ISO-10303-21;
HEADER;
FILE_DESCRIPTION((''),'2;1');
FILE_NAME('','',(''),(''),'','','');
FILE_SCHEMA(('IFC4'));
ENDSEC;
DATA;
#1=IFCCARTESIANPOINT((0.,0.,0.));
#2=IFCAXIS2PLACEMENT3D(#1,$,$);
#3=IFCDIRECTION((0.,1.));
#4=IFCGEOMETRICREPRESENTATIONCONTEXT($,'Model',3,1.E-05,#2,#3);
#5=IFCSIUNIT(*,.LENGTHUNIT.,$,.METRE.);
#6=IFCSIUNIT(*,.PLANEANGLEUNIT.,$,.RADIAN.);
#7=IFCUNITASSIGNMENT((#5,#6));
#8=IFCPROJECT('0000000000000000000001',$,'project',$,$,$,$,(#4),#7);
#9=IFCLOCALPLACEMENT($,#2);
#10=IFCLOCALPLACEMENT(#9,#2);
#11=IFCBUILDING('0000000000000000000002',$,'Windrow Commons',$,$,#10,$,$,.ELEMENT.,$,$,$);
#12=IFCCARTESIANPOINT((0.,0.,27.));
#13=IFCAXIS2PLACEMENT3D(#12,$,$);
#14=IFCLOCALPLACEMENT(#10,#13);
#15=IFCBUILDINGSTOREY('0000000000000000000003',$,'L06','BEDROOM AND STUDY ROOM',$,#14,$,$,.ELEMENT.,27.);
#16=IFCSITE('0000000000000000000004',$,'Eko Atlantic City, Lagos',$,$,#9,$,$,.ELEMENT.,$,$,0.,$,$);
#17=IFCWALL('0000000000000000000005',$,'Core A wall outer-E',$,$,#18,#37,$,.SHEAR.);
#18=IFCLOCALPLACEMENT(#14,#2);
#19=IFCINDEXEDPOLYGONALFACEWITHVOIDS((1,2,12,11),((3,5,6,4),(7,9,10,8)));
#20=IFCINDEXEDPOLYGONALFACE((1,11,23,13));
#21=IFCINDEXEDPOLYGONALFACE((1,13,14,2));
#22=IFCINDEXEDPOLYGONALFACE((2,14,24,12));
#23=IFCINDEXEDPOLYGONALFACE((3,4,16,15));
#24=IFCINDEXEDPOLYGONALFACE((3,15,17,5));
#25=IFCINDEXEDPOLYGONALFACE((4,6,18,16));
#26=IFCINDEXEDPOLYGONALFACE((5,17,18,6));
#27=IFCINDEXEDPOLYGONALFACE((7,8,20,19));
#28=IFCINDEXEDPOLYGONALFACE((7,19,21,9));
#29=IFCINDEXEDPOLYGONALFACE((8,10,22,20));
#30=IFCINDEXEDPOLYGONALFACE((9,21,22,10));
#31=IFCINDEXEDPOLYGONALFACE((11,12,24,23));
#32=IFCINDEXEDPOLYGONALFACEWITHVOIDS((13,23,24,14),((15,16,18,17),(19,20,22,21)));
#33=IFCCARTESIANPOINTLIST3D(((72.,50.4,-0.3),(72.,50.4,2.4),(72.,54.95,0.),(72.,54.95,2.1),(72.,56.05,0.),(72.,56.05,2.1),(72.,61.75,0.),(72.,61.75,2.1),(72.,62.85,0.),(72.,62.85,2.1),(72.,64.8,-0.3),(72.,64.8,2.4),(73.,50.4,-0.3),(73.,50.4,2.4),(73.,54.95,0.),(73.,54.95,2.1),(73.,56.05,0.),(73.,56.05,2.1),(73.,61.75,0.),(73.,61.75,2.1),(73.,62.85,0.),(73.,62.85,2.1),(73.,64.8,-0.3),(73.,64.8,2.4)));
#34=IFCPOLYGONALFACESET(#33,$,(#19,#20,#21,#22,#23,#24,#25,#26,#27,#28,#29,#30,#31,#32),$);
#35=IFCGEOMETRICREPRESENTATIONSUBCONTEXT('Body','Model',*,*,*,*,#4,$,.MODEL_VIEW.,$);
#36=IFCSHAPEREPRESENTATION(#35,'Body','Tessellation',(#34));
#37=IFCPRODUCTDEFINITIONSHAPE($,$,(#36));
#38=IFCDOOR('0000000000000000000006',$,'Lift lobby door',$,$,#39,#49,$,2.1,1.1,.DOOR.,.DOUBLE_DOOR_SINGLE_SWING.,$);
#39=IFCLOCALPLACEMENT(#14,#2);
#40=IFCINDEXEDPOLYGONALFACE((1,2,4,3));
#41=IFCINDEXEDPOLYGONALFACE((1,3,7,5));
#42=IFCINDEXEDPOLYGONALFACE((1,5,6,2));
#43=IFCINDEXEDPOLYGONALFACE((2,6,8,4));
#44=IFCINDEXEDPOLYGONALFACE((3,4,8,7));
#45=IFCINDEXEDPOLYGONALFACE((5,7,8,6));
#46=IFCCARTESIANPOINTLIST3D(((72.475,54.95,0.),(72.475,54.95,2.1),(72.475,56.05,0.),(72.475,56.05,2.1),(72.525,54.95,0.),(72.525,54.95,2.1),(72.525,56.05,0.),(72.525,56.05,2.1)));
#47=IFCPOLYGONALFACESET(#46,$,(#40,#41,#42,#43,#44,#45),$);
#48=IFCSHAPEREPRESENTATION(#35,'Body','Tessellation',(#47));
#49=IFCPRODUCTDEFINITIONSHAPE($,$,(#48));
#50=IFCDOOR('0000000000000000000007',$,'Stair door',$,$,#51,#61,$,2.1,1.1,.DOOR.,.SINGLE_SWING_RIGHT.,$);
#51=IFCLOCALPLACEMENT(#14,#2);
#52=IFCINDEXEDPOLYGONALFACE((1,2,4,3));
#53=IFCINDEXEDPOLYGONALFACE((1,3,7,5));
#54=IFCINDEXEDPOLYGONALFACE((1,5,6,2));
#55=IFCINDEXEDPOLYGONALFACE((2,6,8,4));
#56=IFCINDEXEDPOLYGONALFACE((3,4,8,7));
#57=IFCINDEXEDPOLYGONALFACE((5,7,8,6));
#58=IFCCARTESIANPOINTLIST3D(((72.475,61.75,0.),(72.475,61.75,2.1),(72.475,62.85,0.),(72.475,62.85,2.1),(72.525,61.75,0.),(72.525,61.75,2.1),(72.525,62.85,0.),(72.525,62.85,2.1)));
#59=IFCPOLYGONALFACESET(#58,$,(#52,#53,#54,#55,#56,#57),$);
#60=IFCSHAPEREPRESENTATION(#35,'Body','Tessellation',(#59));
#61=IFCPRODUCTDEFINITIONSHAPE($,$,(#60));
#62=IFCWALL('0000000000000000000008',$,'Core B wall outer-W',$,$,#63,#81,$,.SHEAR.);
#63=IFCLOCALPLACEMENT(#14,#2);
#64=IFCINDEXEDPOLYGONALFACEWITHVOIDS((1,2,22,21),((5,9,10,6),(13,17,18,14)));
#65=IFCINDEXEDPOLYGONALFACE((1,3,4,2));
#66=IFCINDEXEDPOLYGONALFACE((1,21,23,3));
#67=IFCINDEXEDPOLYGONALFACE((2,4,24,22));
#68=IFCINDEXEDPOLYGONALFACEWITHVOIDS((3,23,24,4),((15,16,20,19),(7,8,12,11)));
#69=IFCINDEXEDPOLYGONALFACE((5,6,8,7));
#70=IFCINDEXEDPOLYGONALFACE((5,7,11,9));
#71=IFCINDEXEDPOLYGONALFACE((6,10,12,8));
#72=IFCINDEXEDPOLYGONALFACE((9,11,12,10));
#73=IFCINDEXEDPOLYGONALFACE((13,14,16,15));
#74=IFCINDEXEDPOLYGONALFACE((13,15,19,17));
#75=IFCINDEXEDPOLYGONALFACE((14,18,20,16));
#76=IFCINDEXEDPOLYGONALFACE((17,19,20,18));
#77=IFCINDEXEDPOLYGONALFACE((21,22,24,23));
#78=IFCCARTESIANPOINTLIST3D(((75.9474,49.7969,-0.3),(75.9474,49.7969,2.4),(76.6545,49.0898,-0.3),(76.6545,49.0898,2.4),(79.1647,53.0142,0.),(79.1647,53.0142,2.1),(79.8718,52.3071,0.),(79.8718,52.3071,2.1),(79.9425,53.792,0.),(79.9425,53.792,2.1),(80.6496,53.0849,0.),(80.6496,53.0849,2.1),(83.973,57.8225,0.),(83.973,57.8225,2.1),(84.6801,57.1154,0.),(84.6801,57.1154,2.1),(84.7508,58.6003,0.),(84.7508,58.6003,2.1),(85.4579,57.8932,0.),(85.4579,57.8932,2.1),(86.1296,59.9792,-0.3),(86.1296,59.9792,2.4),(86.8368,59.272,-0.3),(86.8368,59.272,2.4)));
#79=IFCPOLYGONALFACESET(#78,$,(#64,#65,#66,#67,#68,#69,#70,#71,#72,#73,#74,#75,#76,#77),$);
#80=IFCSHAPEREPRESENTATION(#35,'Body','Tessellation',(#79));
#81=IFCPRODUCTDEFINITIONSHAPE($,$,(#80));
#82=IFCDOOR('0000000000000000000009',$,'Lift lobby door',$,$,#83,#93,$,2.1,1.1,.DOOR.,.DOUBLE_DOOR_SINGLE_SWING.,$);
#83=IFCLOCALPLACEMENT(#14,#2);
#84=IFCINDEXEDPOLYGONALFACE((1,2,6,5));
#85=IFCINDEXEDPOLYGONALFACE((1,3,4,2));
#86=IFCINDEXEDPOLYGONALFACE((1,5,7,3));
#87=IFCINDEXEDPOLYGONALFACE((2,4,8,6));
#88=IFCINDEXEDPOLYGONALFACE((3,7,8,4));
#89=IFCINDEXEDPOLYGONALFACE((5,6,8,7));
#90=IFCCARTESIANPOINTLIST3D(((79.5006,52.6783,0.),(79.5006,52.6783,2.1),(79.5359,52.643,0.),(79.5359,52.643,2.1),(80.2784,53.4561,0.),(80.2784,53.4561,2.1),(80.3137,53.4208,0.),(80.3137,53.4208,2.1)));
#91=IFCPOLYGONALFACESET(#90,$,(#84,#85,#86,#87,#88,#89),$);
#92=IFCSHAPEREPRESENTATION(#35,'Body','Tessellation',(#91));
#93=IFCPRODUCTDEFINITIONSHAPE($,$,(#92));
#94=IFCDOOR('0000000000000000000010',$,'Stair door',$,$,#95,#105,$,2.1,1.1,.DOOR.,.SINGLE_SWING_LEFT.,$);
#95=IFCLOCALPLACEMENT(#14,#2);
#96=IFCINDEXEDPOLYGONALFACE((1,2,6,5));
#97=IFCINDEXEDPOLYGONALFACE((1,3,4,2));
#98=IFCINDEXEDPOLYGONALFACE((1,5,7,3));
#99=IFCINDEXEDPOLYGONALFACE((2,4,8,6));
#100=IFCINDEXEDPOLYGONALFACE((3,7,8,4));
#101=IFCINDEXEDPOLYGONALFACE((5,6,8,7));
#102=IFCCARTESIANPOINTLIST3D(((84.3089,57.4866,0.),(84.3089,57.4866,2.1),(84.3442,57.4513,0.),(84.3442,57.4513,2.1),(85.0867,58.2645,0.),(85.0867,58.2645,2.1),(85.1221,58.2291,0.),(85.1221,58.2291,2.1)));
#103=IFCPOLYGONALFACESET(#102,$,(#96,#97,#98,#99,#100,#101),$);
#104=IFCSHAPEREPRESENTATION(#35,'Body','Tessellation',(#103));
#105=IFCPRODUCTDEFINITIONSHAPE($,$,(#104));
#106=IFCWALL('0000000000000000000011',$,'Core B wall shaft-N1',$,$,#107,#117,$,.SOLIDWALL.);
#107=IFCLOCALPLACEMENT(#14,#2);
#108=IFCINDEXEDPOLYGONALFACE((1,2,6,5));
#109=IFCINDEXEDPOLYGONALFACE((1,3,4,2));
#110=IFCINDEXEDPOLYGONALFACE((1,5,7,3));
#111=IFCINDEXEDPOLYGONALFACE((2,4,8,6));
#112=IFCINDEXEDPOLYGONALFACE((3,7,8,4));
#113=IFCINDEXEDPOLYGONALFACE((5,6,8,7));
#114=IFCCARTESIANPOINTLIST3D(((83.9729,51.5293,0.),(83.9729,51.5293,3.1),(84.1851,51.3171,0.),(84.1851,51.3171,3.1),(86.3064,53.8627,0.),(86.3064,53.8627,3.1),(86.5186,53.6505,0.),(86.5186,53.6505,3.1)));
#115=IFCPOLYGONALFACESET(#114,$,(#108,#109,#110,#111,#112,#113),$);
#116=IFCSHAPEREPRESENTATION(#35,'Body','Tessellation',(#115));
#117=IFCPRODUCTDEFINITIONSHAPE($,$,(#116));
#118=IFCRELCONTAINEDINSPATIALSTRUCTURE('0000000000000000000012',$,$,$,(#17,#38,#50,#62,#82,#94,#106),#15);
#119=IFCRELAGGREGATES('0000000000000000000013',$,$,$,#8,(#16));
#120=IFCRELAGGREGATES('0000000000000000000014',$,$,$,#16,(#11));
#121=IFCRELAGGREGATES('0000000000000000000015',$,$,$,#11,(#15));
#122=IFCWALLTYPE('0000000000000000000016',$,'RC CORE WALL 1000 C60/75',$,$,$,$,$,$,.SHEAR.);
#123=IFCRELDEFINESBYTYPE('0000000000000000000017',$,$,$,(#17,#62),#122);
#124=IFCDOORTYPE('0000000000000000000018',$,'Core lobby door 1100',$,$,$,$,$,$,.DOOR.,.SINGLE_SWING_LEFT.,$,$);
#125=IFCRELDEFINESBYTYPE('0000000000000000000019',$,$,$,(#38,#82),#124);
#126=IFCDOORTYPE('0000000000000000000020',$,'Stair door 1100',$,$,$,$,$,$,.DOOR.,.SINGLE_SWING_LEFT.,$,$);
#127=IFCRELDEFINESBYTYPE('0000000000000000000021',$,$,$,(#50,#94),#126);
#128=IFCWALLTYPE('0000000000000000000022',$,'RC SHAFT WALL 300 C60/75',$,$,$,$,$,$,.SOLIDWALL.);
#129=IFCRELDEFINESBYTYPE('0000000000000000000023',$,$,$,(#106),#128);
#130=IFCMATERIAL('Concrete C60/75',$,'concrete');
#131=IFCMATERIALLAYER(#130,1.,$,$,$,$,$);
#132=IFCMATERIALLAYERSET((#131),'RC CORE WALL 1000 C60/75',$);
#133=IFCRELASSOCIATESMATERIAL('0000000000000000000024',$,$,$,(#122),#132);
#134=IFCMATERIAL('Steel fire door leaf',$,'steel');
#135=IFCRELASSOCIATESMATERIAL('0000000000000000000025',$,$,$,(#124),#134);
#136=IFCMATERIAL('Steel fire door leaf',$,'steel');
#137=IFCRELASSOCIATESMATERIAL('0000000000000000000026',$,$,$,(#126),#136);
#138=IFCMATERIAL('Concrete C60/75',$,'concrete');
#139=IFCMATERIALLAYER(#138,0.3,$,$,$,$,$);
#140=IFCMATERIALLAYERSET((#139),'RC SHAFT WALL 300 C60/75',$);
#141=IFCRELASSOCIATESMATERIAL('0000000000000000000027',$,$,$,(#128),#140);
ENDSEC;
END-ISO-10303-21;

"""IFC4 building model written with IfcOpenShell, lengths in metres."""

from ifc_helpers import new_model, si_unit, direction, frame, frame_2d, origin, place, context, subcontext, project, spatial, rectangle, extrude, material, layer, layer_set, type_object, element, fill, save


model = new_model("IFC4")

# Units and contexts
model_context = context("Model", 3, precision=1e-05, world=origin(), true_north=direction((0.0, 1.0)))
body_context = subcontext(model_context, "Body", "Model", "MODEL_VIEW")
ifc_project = project(units=[si_unit("LENGTHUNIT", "METRE"), si_unit("PLANEANGLEUNIT", "RADIAN")], contexts=[model_context])

# Site, building, storey
site_placement = place(None, origin())
site = spatial("IfcSite", under=ifc_project, at=site_placement, Name="Eko Atlantic City, Lagos", CompositionType="ELEMENT", RefElevation=0.0)
building_placement = place(site_placement, origin())
building = spatial("IfcBuilding", under=site, at=building_placement, Name="Windrow Commons", CompositionType="ELEMENT")
storey_placement = place(building_placement, frame((0.0, 0.0, 27.0)))
storey = spatial("IfcBuildingStorey", under=building, at=storey_placement, Name="L06", Description="BEDROOM AND STUDY ROOM", CompositionType="ELEMENT", Elevation=27.0)

# Walls, openings, doors
ifc_material_1 = material(Name="Concrete C60/75", Category="concrete")
ifc_layer_1 = layer(ifc_material_1, 1.0)
ifc_layer_set_1 = layer_set([ifc_layer_1], Name="RC CORE WALL 1000 C60/75")
wall_type_1 = type_object("IfcWallType", Name="RC CORE WALL 1000 C60/75", PredefinedType="SHEAR", material=ifc_layer_set_1)
wall_1_placement = place(storey_placement, frame((72.5, 50.4, -0.3), z_axis=(0.0, 0.0, 1.0), x_axis=(0.0, 1.0, 0.0)))
wall_1 = element("IfcWall", 1, at=wall_1_placement, inside=storey, type_object=wall_type_1, Name="Core A wall outer-E", PredefinedType="SHEAR", context=body_context, shape_type="SweptSolid", body=[
    extrude(rectangle(XDim=14.4, YDim=1.0, at=frame_2d((7.2, 0.0))), origin(), (0.0, 0.0, 1.0), 2.7),
])
opening_1_placement = place(wall_1_placement, frame((4.55, 0.0, 0.3)))
opening_1 = element("IfcOpeningElement", 2, at=opening_1_placement, cuts=wall_1, PredefinedType="OPENING", context=body_context, shape_type="SweptSolid", body=[
    extrude(rectangle(XDim=1.1, YDim=2.1, at=frame_2d((0.55, 1.05))), frame((0.0, 0.51, 0.0), z_axis=(0.0, -1.0, 0.0), x_axis=(1.0, 0.0, 0.0)), (0.0, 0.0, 1.0), 1.02),
])
opening_2_placement = place(wall_1_placement, frame((11.35, 0.0, 0.3)))
opening_2 = element("IfcOpeningElement", 3, at=opening_2_placement, cuts=wall_1, PredefinedType="OPENING", context=body_context, shape_type="SweptSolid", body=[
    extrude(rectangle(XDim=1.1, YDim=2.1, at=frame_2d((0.55, 1.05))), frame((0.0, 0.51, 0.0), z_axis=(0.0, -1.0, 0.0), x_axis=(1.0, 0.0, 0.0)), (0.0, 0.0, 1.0), 1.02),
])
ifc_material_2 = material(Name="Steel fire door leaf", Category="steel")
door_type_1 = type_object("IfcDoorType", Name="Core lobby door 1100", OperationType="SINGLE_SWING_LEFT", PredefinedType="DOOR", material=ifc_material_2)
door_1_placement = place(opening_1_placement, origin())
door_1 = element("IfcDoor", 4, at=door_1_placement, inside=storey, type_object=door_type_1, Name="Lift lobby door", OperationType="DOUBLE_DOOR_SINGLE_SWING", OverallHeight=2.1, OverallWidth=1.1, PredefinedType="DOOR", context=body_context, shape_type="SweptSolid", body=[
    extrude(rectangle(XDim=1.1, YDim=2.1, at=frame_2d((0.55, 1.05))), frame((0.0, 0.025, 0.0), z_axis=(0.0, -1.0, 0.0), x_axis=(1.0, 0.0, 0.0)), (0.0, 0.0, 1.0), 0.05),
])
fill(opening_1, door_1)
ifc_material_3 = material(Name="Steel fire door leaf", Category="steel")
door_type_2 = type_object("IfcDoorType", Name="Stair door 1100", OperationType="SINGLE_SWING_LEFT", PredefinedType="DOOR", material=ifc_material_3)
door_2_placement = place(opening_2_placement, origin())
door_2 = element("IfcDoor", 5, at=door_2_placement, inside=storey, type_object=door_type_2, Name="Stair door", OperationType="SINGLE_SWING_RIGHT", OverallHeight=2.1, OverallWidth=1.1, PredefinedType="DOOR", context=body_context, shape_type="SweptSolid", body=[
    extrude(rectangle(XDim=1.1, YDim=2.1, at=frame_2d((0.55, 1.05))), frame((0.0, 0.025, 0.0), z_axis=(0.0, -1.0, 0.0), x_axis=(1.0, 0.0, 0.0)), (0.0, 0.0, 1.0), 0.05),
])
fill(opening_2, door_2)
wall_2_placement = place(storey_placement, frame((76.3009, 49.4433, -0.3), z_axis=(0.0, 0.0, 1.0), x_axis=(0.707107, 0.707107, 0.0)))
wall_2 = element("IfcWall", 6, at=wall_2_placement, inside=storey, type_object=wall_type_1, Name="Core B wall outer-W", PredefinedType="SHEAR", context=body_context, shape_type="SweptSolid", body=[
    extrude(rectangle(XDim=14.3999, YDim=1.0, at=frame_2d((7.2, 0.0))), origin(), (0.0, 0.0, 1.0), 2.7),
])
opening_3_placement = place(wall_2_placement, frame((4.55, 0.0, 0.3)))
opening_3 = element("IfcOpeningElement", 7, at=opening_3_placement, cuts=wall_2, PredefinedType="OPENING", context=body_context, shape_type="SweptSolid", body=[
    extrude(rectangle(XDim=1.1, YDim=2.1, at=frame_2d((0.55, 1.05))), frame((0.0, 0.51, 0.0), z_axis=(0.0, -1.0, 0.0), x_axis=(1.0, 0.0, 0.0)), (0.0, 0.0, 1.0), 1.02),
])
opening_4_placement = place(wall_2_placement, frame((11.35, 0.0, 0.3)))
opening_4 = element("IfcOpeningElement", 8, at=opening_4_placement, cuts=wall_2, PredefinedType="OPENING", context=body_context, shape_type="SweptSolid", body=[
    extrude(rectangle(XDim=1.1, YDim=2.1, at=frame_2d((0.55, 1.05))), frame((0.0, 0.51, 0.0), z_axis=(0.0, -1.0, 0.0), x_axis=(1.0, 0.0, 0.0)), (0.0, 0.0, 1.0), 1.02),
])
door_3_placement = place(opening_3_placement, origin())
door_3 = element("IfcDoor", 9, at=door_3_placement, inside=storey, type_object=door_type_1, Name="Lift lobby door", OperationType="DOUBLE_DOOR_SINGLE_SWING", OverallHeight=2.1, OverallWidth=1.1, PredefinedType="DOOR", context=body_context, shape_type="SweptSolid", body=[
    extrude(rectangle(XDim=1.1, YDim=2.1, at=frame_2d((0.55, 1.05))), frame((0.0, 0.025, 0.0), z_axis=(0.0, -1.0, 0.0), x_axis=(1.0, 0.0, 0.0)), (0.0, 0.0, 1.0), 0.05),
])
fill(opening_3, door_3)
door_4_placement = place(opening_4_placement, origin())
door_4 = element("IfcDoor", 10, at=door_4_placement, inside=storey, type_object=door_type_2, Name="Stair door", OperationType="SINGLE_SWING_LEFT", OverallHeight=2.1, OverallWidth=1.1, PredefinedType="DOOR", context=body_context, shape_type="SweptSolid", body=[
    extrude(rectangle(XDim=1.1, YDim=2.1, at=frame_2d((0.55, 1.05))), frame((0.0, 0.025, 0.0), z_axis=(0.0, -1.0, 0.0), x_axis=(1.0, 0.0, 0.0)), (0.0, 0.0, 1.0), 0.05),
])
fill(opening_4, door_4)

# Wall
ifc_material_4 = material(Name="Concrete C60/75", Category="concrete")
ifc_layer_2 = layer(ifc_material_4, 0.3)
ifc_layer_set_2 = layer_set([ifc_layer_2], Name="RC SHAFT WALL 300 C60/75")
wall_type_2 = type_object("IfcWallType", Name="RC SHAFT WALL 300 C60/75", PredefinedType="SOLIDWALL", material=ifc_layer_set_2)
wall_3_placement = place(storey_placement, frame((84.079, 51.4232, 0.0), z_axis=(0.0, 0.0, 1.0), x_axis=(0.707122, 0.707092, 0.0)))
element("IfcWall", 11, at=wall_3_placement, inside=storey, type_object=wall_type_2, Name="Core B wall shaft-N1", PredefinedType="SOLIDWALL", context=body_context, shape_type="SweptSolid", body=[
    extrude(rectangle(XDim=3.3, YDim=0.3, at=frame_2d((1.65, 0.0))), origin(), (0.0, 0.0, 1.0), 3.1),
])

save(model, "model.ifc")
